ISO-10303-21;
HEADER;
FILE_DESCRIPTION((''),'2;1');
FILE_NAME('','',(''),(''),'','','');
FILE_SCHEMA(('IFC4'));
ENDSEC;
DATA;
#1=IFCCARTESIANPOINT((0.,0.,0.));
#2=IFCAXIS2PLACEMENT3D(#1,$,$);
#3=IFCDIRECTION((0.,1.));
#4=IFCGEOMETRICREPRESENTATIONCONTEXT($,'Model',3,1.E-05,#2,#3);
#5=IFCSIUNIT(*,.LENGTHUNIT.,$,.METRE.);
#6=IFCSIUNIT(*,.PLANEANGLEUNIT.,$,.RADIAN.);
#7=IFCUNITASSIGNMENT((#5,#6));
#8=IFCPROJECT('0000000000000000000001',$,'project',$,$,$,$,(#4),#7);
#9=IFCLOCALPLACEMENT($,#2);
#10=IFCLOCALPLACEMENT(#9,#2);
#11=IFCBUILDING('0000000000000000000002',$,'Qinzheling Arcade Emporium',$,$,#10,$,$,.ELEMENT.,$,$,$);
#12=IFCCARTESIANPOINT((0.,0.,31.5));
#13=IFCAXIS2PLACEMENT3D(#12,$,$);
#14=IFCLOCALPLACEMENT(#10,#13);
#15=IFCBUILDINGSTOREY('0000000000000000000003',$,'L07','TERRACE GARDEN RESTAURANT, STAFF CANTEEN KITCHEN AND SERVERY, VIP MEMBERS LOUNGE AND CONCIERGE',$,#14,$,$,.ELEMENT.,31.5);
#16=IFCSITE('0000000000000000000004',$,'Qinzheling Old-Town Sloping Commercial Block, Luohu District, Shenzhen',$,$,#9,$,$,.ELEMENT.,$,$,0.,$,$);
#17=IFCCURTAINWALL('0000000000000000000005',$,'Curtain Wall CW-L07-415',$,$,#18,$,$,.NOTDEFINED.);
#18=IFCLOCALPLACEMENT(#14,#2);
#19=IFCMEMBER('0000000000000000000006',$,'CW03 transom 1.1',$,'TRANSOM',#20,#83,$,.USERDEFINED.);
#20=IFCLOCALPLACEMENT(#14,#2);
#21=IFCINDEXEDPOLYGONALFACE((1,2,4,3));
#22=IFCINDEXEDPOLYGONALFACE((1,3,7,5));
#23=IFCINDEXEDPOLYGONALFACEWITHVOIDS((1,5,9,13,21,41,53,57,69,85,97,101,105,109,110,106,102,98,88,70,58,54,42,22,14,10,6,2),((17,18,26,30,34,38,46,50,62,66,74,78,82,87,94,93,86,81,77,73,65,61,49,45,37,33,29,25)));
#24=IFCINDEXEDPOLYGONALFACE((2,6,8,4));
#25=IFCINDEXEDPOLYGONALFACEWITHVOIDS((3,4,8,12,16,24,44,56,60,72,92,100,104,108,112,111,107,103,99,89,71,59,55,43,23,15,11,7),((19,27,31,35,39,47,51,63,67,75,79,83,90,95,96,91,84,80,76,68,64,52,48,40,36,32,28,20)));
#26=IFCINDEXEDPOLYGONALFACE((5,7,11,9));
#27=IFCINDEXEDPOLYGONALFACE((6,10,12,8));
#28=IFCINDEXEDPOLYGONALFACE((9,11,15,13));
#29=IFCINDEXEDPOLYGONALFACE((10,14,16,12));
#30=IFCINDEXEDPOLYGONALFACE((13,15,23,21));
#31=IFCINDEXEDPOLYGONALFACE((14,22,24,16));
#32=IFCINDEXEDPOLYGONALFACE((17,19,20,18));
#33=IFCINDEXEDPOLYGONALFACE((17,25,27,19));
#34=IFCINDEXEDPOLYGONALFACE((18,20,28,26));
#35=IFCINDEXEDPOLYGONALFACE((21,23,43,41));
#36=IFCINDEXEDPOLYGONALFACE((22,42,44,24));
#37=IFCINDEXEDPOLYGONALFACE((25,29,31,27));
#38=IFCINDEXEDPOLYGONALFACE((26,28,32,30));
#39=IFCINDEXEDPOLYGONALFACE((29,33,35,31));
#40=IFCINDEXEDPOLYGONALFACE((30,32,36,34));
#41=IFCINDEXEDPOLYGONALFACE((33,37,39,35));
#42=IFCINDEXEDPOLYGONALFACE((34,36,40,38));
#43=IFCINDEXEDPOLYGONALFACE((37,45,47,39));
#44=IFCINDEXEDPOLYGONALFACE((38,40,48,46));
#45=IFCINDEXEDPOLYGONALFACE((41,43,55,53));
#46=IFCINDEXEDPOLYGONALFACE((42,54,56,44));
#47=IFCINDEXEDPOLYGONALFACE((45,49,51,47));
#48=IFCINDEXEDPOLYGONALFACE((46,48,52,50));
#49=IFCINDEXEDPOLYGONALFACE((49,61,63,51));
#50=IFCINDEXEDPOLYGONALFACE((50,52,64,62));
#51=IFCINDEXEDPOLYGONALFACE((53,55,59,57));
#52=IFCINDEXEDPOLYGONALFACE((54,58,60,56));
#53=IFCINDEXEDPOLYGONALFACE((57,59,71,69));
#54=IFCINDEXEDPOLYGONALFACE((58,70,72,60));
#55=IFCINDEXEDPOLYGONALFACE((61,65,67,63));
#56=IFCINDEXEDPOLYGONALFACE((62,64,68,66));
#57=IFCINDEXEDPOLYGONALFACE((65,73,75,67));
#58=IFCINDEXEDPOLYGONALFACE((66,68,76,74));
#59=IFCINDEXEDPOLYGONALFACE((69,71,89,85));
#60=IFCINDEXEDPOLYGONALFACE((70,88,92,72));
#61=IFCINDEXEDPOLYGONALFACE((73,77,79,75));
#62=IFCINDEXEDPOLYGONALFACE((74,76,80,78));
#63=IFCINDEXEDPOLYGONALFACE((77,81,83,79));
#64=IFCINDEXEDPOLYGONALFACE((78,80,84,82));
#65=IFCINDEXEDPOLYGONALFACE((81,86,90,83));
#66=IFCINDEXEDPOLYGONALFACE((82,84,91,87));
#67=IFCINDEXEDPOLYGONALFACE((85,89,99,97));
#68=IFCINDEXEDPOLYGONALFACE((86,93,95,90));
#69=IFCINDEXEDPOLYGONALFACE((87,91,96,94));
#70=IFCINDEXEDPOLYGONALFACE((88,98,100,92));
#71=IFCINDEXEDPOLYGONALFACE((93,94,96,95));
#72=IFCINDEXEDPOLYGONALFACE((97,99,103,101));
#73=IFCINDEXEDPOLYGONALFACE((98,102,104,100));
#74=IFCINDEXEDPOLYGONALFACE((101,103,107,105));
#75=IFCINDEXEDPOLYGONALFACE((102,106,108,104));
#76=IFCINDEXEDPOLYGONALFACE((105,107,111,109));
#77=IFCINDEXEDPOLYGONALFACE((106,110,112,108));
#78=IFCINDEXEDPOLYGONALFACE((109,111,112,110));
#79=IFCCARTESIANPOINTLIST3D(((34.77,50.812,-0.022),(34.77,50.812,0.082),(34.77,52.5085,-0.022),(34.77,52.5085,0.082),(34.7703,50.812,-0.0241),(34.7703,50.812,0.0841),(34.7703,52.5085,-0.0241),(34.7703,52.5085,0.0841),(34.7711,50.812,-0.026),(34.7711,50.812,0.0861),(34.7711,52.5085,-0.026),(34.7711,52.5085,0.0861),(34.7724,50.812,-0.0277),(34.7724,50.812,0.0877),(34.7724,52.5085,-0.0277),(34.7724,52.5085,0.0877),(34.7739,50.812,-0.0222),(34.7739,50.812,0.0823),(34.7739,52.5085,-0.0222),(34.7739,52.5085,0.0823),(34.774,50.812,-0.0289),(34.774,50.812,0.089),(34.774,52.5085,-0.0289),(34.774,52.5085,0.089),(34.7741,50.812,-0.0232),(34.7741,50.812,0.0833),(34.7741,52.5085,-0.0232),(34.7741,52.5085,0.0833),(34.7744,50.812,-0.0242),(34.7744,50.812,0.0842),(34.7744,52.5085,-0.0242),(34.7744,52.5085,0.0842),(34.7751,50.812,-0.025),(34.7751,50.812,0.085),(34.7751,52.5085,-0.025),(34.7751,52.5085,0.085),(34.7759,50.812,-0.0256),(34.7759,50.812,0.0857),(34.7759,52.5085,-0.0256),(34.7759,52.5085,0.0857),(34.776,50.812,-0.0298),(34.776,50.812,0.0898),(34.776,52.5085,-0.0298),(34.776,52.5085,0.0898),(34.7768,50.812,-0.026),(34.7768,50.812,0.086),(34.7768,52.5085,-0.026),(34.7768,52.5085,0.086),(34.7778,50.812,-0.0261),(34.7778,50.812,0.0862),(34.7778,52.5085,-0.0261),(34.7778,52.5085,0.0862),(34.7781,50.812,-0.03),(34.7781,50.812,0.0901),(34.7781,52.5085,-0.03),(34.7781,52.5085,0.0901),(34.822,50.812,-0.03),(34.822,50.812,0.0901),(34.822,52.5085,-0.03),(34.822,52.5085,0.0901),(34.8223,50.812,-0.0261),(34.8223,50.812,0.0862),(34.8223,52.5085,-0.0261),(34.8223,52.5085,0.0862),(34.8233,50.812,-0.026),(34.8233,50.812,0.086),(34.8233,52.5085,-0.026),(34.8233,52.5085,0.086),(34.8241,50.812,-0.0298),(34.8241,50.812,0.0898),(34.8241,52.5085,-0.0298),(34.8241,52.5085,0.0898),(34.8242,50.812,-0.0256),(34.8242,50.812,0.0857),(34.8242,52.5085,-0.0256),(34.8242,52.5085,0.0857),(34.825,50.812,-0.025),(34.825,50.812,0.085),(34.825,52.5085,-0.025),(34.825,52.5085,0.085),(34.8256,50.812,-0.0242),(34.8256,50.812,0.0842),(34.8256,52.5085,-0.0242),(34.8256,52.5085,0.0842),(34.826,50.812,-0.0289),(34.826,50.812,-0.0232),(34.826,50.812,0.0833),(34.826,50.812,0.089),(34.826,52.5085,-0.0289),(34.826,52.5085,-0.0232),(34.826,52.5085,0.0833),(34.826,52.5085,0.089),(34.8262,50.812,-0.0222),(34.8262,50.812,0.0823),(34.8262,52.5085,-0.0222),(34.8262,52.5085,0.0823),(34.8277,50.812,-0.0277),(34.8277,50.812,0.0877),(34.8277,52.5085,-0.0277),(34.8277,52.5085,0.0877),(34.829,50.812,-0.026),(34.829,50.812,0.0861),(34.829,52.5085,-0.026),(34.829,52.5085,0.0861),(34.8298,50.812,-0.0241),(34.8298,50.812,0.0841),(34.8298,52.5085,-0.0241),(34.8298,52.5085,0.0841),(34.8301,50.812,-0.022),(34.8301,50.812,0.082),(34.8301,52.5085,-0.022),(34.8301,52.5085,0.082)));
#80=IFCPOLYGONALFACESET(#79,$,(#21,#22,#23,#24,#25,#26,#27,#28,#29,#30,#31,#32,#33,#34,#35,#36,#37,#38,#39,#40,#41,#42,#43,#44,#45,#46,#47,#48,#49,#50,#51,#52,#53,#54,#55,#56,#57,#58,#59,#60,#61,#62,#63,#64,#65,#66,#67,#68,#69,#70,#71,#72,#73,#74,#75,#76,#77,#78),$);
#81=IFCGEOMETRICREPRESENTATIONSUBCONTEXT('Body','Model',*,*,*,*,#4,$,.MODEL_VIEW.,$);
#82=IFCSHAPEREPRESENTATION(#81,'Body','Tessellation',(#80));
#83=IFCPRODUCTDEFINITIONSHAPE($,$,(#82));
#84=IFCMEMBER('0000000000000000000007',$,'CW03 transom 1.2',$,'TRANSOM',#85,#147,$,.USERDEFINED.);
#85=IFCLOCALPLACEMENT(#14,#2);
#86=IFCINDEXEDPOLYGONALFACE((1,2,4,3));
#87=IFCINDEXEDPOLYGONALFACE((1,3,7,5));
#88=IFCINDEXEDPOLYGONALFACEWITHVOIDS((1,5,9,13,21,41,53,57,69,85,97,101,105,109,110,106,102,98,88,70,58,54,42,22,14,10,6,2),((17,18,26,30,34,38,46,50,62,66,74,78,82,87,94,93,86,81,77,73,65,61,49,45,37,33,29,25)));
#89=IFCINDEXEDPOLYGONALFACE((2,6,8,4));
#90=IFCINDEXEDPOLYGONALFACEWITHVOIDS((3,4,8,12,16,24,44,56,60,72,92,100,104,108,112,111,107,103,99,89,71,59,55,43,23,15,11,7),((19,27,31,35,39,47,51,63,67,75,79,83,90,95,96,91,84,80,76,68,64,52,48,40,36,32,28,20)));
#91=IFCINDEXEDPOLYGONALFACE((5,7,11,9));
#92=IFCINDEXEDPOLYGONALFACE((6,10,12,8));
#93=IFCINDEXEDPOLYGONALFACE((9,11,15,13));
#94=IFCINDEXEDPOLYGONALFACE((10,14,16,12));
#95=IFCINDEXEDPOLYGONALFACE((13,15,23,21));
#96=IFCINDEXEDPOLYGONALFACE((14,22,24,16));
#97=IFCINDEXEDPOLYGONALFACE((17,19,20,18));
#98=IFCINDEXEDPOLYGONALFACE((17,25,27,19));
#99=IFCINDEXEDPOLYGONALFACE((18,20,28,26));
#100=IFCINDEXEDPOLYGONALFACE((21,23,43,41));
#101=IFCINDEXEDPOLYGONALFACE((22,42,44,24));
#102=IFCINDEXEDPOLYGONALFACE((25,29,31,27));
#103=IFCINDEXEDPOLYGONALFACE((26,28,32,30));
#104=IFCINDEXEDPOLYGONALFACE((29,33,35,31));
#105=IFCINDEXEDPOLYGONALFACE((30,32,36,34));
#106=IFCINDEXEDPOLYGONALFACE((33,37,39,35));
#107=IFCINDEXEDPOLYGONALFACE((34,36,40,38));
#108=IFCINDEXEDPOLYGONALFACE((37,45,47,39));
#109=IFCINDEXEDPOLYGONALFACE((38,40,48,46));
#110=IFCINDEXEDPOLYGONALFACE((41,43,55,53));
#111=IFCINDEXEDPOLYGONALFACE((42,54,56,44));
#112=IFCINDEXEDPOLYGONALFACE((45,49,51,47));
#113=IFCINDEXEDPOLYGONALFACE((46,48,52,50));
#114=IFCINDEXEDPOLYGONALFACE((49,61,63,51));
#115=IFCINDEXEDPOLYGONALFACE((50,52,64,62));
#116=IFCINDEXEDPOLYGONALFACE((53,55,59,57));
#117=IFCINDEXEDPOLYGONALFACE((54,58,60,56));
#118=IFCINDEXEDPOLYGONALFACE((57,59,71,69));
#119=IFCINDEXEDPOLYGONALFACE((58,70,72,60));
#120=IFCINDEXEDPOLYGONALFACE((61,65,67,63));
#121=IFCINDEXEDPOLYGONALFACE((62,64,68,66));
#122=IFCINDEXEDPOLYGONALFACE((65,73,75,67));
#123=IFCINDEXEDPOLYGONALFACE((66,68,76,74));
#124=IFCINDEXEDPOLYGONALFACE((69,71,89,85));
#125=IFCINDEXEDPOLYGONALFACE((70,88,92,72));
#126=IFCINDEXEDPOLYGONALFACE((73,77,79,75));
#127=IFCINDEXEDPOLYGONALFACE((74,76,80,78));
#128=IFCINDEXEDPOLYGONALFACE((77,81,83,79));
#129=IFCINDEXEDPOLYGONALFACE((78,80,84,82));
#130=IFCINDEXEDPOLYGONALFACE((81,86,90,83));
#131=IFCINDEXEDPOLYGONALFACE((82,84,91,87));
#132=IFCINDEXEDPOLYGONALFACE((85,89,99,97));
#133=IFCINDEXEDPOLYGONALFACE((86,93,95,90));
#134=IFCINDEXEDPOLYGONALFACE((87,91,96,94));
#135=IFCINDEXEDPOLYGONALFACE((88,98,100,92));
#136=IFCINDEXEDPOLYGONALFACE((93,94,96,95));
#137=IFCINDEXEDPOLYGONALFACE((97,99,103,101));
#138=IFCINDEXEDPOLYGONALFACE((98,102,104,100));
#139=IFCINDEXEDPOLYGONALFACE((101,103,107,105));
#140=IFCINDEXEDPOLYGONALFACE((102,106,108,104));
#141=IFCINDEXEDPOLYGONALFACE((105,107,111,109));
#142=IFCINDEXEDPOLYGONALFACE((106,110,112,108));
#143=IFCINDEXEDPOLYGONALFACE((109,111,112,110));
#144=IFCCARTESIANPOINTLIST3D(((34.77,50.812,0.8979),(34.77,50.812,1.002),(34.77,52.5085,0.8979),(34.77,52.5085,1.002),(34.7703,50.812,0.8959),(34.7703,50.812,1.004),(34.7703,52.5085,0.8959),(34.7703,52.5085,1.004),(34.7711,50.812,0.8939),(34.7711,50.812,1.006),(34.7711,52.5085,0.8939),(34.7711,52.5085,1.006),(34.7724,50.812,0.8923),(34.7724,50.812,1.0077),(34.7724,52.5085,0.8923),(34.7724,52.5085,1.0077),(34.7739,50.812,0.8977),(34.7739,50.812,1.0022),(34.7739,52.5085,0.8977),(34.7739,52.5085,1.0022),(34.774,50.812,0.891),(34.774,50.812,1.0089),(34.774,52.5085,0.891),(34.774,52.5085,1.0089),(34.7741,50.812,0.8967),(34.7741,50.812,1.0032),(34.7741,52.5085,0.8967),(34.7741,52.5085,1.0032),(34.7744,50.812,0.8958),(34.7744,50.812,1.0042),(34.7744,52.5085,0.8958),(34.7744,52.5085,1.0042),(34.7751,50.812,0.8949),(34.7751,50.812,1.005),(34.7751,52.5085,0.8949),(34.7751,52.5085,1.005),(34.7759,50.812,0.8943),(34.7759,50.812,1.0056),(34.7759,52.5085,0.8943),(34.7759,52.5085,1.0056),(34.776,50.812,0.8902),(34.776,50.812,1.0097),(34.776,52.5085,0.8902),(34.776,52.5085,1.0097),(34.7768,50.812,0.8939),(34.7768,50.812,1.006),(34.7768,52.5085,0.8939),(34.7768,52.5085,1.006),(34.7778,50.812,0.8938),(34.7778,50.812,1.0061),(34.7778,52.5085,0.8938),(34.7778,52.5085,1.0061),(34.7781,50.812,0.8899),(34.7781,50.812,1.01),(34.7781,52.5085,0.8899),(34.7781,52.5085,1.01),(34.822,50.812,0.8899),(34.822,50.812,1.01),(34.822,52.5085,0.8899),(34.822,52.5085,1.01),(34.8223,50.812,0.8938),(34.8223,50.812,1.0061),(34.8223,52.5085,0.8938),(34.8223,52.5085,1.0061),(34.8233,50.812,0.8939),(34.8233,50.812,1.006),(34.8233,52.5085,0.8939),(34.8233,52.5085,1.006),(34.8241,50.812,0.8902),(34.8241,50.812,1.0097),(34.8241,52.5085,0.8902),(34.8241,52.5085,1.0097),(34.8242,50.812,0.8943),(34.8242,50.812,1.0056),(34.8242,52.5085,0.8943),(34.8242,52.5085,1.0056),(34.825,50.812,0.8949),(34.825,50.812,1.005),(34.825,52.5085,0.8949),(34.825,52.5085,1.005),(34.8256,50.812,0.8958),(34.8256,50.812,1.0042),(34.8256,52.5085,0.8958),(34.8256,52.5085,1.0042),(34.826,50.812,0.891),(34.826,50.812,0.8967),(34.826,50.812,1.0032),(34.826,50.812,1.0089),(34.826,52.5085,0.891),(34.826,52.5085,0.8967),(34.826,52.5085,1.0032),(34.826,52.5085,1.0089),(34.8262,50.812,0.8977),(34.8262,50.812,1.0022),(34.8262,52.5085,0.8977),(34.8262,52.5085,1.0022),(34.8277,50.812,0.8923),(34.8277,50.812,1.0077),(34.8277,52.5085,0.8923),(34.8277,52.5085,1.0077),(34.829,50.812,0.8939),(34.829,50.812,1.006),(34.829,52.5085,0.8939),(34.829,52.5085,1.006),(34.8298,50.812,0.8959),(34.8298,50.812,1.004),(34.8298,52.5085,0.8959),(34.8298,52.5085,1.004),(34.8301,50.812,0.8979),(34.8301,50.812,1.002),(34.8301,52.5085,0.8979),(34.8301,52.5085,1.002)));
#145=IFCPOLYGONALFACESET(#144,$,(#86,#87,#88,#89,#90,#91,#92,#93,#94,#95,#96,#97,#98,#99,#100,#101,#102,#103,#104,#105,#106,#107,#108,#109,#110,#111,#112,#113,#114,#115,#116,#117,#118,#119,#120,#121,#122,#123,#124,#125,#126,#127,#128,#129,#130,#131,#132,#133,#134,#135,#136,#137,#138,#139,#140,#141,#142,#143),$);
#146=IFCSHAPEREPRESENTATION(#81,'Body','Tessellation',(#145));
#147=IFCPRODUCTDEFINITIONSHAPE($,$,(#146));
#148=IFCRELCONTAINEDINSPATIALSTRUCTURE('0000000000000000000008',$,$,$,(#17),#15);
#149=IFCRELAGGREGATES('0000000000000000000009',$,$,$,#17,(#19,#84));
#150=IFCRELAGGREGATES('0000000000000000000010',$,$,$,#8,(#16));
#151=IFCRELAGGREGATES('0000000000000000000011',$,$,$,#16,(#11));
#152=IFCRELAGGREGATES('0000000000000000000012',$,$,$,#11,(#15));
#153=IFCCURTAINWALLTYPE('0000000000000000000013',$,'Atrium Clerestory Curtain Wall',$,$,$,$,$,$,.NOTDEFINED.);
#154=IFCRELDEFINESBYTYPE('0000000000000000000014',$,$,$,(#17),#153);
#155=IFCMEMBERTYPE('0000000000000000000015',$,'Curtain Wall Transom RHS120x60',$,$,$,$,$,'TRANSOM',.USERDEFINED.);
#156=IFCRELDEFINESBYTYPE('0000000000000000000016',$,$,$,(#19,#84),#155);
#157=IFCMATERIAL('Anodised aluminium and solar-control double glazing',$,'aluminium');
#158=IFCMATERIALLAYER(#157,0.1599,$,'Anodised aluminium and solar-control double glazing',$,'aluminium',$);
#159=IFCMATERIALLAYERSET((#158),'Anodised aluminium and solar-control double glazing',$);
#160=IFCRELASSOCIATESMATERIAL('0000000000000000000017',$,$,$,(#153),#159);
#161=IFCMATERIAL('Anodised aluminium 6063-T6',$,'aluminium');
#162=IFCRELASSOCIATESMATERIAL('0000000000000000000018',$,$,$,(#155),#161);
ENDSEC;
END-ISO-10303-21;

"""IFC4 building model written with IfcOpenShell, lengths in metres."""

from ifc_helpers import new_model, si_unit, direction, frame, origin, origin_2d, place, context, subcontext, project, spatial, hollow_rectangle, extrude, material, layer, layer_set, material_profile, profile_set, type_object, element, aggregate, save


model = new_model("IFC4")

# Units and contexts
model_context = context("Model", 3, precision=1e-05, world=origin(), true_north=direction((0.0, 1.0)))
body_context = subcontext(model_context, "Body", "Model", "MODEL_VIEW")
ifc_project = project(units=[si_unit("LENGTHUNIT", "METRE"), si_unit("PLANEANGLEUNIT", "RADIAN")], contexts=[model_context])

# Site, building, storey
site_placement = place(None, origin())
site = spatial("IfcSite", under=ifc_project, at=site_placement, Name="Qinzheling Old-Town Sloping Commercial Block, Luohu District, Shenzhen", CompositionType="ELEMENT", RefElevation=0.0)
building_placement = place(site_placement, origin())
building = spatial("IfcBuilding", under=site, at=building_placement, Name="Qinzheling Arcade Emporium", CompositionType="ELEMENT")
storey_placement = place(building_placement, frame((0.0, 0.0, 31.5)))
storey = spatial("IfcBuildingStorey", under=building, at=storey_placement, Name="L07", Description="TERRACE GARDEN RESTAURANT, STAFF CANTEEN KITCHEN AND SERVERY, VIP MEMBERS LOUNGE AND CONCIERGE", CompositionType="ELEMENT", Elevation=31.5)

# Shared definitions
ifc_material_1 = material(Name="Anodised aluminium and solar-control double glazing", Category="aluminium")
ifc_layer_1 = layer(ifc_material_1, 0.1599, Name="Anodised aluminium and solar-control double glazing", Category="aluminium")
ifc_layer_set_1 = layer_set([ifc_layer_1], Name="Anodised aluminium and solar-control double glazing")
curtain_wall_type = type_object("IfcCurtainWallType", Name="Atrium Clerestory Curtain Wall", PredefinedType="NOTDEFINED", material=ifc_layer_set_1)
ifc_material_2 = material(Name="Anodised aluminium 6063-T6", Category="aluminium")

# Curtain wall
curtain_wall_1_placement = place(storey_placement, origin())
curtain_wall_1 = element("IfcCurtainWall", 1, at=curtain_wall_1_placement, inside=storey, type_object=curtain_wall_type, Name="Curtain Wall CW-L07-415", PredefinedType="NOTDEFINED")

# Members
ifc_material_profile_1 = material_profile(ifc_material_2, hollow_rectangle(XDim=0.0601, YDim=0.1201, WallThickness=0.0039, InnerFilletRadius=0.0039, OuterFilletRadius=0.0081, at=origin_2d()), Name="RHS 120x60x4", Category="aluminium")
ifc_profile_set_1 = profile_set([ifc_material_profile_1], Name="Anodised aluminium 6063-T6")
member_type_1 = type_object("IfcMemberType", Name="Curtain Wall Transom RHS120x60", ElementType="TRANSOM", PredefinedType="USERDEFINED", material=ifc_profile_set_1)
member_1_placement = place(storey_placement, frame((34.8, 50.812, 0.03), z_axis=(0.0, 1.0, 0.0), x_axis=(-1.0, 0.0, 0.0)))
member_1 = element("IfcMember", 2, at=member_1_placement, type_object=member_type_1, Name="CW03 transom 1.1", ObjectType="TRANSOM", PredefinedType="USERDEFINED", context=body_context, shape_type="SweptSolid", body=[
    extrude(hollow_rectangle(XDim=0.0601, YDim=0.1201, WallThickness=0.0039, InnerFilletRadius=0.0039, OuterFilletRadius=0.0081, at=origin_2d()), origin(), (0.0, 0.0, 1.0), 1.6965),
])
member_2_placement = place(storey_placement, frame((34.8, 50.812, 0.95), z_axis=(0.0, 1.0, 0.0), x_axis=(-1.0, 0.0, 0.0)))
member_2 = element("IfcMember", 3, at=member_2_placement, type_object=member_type_1, Name="CW03 transom 1.2", ObjectType="TRANSOM", PredefinedType="USERDEFINED", context=body_context, shape_type="SweptSolid", body=[
    extrude(hollow_rectangle(XDim=0.0601, YDim=0.1201, WallThickness=0.0039, InnerFilletRadius=0.0039, OuterFilletRadius=0.0081, at=origin_2d()), origin(), (0.0, 0.0, 1.0), 1.6965),
])

aggregate(curtain_wall_1, [member_1, member_2])

save(model, "model.ifc")
